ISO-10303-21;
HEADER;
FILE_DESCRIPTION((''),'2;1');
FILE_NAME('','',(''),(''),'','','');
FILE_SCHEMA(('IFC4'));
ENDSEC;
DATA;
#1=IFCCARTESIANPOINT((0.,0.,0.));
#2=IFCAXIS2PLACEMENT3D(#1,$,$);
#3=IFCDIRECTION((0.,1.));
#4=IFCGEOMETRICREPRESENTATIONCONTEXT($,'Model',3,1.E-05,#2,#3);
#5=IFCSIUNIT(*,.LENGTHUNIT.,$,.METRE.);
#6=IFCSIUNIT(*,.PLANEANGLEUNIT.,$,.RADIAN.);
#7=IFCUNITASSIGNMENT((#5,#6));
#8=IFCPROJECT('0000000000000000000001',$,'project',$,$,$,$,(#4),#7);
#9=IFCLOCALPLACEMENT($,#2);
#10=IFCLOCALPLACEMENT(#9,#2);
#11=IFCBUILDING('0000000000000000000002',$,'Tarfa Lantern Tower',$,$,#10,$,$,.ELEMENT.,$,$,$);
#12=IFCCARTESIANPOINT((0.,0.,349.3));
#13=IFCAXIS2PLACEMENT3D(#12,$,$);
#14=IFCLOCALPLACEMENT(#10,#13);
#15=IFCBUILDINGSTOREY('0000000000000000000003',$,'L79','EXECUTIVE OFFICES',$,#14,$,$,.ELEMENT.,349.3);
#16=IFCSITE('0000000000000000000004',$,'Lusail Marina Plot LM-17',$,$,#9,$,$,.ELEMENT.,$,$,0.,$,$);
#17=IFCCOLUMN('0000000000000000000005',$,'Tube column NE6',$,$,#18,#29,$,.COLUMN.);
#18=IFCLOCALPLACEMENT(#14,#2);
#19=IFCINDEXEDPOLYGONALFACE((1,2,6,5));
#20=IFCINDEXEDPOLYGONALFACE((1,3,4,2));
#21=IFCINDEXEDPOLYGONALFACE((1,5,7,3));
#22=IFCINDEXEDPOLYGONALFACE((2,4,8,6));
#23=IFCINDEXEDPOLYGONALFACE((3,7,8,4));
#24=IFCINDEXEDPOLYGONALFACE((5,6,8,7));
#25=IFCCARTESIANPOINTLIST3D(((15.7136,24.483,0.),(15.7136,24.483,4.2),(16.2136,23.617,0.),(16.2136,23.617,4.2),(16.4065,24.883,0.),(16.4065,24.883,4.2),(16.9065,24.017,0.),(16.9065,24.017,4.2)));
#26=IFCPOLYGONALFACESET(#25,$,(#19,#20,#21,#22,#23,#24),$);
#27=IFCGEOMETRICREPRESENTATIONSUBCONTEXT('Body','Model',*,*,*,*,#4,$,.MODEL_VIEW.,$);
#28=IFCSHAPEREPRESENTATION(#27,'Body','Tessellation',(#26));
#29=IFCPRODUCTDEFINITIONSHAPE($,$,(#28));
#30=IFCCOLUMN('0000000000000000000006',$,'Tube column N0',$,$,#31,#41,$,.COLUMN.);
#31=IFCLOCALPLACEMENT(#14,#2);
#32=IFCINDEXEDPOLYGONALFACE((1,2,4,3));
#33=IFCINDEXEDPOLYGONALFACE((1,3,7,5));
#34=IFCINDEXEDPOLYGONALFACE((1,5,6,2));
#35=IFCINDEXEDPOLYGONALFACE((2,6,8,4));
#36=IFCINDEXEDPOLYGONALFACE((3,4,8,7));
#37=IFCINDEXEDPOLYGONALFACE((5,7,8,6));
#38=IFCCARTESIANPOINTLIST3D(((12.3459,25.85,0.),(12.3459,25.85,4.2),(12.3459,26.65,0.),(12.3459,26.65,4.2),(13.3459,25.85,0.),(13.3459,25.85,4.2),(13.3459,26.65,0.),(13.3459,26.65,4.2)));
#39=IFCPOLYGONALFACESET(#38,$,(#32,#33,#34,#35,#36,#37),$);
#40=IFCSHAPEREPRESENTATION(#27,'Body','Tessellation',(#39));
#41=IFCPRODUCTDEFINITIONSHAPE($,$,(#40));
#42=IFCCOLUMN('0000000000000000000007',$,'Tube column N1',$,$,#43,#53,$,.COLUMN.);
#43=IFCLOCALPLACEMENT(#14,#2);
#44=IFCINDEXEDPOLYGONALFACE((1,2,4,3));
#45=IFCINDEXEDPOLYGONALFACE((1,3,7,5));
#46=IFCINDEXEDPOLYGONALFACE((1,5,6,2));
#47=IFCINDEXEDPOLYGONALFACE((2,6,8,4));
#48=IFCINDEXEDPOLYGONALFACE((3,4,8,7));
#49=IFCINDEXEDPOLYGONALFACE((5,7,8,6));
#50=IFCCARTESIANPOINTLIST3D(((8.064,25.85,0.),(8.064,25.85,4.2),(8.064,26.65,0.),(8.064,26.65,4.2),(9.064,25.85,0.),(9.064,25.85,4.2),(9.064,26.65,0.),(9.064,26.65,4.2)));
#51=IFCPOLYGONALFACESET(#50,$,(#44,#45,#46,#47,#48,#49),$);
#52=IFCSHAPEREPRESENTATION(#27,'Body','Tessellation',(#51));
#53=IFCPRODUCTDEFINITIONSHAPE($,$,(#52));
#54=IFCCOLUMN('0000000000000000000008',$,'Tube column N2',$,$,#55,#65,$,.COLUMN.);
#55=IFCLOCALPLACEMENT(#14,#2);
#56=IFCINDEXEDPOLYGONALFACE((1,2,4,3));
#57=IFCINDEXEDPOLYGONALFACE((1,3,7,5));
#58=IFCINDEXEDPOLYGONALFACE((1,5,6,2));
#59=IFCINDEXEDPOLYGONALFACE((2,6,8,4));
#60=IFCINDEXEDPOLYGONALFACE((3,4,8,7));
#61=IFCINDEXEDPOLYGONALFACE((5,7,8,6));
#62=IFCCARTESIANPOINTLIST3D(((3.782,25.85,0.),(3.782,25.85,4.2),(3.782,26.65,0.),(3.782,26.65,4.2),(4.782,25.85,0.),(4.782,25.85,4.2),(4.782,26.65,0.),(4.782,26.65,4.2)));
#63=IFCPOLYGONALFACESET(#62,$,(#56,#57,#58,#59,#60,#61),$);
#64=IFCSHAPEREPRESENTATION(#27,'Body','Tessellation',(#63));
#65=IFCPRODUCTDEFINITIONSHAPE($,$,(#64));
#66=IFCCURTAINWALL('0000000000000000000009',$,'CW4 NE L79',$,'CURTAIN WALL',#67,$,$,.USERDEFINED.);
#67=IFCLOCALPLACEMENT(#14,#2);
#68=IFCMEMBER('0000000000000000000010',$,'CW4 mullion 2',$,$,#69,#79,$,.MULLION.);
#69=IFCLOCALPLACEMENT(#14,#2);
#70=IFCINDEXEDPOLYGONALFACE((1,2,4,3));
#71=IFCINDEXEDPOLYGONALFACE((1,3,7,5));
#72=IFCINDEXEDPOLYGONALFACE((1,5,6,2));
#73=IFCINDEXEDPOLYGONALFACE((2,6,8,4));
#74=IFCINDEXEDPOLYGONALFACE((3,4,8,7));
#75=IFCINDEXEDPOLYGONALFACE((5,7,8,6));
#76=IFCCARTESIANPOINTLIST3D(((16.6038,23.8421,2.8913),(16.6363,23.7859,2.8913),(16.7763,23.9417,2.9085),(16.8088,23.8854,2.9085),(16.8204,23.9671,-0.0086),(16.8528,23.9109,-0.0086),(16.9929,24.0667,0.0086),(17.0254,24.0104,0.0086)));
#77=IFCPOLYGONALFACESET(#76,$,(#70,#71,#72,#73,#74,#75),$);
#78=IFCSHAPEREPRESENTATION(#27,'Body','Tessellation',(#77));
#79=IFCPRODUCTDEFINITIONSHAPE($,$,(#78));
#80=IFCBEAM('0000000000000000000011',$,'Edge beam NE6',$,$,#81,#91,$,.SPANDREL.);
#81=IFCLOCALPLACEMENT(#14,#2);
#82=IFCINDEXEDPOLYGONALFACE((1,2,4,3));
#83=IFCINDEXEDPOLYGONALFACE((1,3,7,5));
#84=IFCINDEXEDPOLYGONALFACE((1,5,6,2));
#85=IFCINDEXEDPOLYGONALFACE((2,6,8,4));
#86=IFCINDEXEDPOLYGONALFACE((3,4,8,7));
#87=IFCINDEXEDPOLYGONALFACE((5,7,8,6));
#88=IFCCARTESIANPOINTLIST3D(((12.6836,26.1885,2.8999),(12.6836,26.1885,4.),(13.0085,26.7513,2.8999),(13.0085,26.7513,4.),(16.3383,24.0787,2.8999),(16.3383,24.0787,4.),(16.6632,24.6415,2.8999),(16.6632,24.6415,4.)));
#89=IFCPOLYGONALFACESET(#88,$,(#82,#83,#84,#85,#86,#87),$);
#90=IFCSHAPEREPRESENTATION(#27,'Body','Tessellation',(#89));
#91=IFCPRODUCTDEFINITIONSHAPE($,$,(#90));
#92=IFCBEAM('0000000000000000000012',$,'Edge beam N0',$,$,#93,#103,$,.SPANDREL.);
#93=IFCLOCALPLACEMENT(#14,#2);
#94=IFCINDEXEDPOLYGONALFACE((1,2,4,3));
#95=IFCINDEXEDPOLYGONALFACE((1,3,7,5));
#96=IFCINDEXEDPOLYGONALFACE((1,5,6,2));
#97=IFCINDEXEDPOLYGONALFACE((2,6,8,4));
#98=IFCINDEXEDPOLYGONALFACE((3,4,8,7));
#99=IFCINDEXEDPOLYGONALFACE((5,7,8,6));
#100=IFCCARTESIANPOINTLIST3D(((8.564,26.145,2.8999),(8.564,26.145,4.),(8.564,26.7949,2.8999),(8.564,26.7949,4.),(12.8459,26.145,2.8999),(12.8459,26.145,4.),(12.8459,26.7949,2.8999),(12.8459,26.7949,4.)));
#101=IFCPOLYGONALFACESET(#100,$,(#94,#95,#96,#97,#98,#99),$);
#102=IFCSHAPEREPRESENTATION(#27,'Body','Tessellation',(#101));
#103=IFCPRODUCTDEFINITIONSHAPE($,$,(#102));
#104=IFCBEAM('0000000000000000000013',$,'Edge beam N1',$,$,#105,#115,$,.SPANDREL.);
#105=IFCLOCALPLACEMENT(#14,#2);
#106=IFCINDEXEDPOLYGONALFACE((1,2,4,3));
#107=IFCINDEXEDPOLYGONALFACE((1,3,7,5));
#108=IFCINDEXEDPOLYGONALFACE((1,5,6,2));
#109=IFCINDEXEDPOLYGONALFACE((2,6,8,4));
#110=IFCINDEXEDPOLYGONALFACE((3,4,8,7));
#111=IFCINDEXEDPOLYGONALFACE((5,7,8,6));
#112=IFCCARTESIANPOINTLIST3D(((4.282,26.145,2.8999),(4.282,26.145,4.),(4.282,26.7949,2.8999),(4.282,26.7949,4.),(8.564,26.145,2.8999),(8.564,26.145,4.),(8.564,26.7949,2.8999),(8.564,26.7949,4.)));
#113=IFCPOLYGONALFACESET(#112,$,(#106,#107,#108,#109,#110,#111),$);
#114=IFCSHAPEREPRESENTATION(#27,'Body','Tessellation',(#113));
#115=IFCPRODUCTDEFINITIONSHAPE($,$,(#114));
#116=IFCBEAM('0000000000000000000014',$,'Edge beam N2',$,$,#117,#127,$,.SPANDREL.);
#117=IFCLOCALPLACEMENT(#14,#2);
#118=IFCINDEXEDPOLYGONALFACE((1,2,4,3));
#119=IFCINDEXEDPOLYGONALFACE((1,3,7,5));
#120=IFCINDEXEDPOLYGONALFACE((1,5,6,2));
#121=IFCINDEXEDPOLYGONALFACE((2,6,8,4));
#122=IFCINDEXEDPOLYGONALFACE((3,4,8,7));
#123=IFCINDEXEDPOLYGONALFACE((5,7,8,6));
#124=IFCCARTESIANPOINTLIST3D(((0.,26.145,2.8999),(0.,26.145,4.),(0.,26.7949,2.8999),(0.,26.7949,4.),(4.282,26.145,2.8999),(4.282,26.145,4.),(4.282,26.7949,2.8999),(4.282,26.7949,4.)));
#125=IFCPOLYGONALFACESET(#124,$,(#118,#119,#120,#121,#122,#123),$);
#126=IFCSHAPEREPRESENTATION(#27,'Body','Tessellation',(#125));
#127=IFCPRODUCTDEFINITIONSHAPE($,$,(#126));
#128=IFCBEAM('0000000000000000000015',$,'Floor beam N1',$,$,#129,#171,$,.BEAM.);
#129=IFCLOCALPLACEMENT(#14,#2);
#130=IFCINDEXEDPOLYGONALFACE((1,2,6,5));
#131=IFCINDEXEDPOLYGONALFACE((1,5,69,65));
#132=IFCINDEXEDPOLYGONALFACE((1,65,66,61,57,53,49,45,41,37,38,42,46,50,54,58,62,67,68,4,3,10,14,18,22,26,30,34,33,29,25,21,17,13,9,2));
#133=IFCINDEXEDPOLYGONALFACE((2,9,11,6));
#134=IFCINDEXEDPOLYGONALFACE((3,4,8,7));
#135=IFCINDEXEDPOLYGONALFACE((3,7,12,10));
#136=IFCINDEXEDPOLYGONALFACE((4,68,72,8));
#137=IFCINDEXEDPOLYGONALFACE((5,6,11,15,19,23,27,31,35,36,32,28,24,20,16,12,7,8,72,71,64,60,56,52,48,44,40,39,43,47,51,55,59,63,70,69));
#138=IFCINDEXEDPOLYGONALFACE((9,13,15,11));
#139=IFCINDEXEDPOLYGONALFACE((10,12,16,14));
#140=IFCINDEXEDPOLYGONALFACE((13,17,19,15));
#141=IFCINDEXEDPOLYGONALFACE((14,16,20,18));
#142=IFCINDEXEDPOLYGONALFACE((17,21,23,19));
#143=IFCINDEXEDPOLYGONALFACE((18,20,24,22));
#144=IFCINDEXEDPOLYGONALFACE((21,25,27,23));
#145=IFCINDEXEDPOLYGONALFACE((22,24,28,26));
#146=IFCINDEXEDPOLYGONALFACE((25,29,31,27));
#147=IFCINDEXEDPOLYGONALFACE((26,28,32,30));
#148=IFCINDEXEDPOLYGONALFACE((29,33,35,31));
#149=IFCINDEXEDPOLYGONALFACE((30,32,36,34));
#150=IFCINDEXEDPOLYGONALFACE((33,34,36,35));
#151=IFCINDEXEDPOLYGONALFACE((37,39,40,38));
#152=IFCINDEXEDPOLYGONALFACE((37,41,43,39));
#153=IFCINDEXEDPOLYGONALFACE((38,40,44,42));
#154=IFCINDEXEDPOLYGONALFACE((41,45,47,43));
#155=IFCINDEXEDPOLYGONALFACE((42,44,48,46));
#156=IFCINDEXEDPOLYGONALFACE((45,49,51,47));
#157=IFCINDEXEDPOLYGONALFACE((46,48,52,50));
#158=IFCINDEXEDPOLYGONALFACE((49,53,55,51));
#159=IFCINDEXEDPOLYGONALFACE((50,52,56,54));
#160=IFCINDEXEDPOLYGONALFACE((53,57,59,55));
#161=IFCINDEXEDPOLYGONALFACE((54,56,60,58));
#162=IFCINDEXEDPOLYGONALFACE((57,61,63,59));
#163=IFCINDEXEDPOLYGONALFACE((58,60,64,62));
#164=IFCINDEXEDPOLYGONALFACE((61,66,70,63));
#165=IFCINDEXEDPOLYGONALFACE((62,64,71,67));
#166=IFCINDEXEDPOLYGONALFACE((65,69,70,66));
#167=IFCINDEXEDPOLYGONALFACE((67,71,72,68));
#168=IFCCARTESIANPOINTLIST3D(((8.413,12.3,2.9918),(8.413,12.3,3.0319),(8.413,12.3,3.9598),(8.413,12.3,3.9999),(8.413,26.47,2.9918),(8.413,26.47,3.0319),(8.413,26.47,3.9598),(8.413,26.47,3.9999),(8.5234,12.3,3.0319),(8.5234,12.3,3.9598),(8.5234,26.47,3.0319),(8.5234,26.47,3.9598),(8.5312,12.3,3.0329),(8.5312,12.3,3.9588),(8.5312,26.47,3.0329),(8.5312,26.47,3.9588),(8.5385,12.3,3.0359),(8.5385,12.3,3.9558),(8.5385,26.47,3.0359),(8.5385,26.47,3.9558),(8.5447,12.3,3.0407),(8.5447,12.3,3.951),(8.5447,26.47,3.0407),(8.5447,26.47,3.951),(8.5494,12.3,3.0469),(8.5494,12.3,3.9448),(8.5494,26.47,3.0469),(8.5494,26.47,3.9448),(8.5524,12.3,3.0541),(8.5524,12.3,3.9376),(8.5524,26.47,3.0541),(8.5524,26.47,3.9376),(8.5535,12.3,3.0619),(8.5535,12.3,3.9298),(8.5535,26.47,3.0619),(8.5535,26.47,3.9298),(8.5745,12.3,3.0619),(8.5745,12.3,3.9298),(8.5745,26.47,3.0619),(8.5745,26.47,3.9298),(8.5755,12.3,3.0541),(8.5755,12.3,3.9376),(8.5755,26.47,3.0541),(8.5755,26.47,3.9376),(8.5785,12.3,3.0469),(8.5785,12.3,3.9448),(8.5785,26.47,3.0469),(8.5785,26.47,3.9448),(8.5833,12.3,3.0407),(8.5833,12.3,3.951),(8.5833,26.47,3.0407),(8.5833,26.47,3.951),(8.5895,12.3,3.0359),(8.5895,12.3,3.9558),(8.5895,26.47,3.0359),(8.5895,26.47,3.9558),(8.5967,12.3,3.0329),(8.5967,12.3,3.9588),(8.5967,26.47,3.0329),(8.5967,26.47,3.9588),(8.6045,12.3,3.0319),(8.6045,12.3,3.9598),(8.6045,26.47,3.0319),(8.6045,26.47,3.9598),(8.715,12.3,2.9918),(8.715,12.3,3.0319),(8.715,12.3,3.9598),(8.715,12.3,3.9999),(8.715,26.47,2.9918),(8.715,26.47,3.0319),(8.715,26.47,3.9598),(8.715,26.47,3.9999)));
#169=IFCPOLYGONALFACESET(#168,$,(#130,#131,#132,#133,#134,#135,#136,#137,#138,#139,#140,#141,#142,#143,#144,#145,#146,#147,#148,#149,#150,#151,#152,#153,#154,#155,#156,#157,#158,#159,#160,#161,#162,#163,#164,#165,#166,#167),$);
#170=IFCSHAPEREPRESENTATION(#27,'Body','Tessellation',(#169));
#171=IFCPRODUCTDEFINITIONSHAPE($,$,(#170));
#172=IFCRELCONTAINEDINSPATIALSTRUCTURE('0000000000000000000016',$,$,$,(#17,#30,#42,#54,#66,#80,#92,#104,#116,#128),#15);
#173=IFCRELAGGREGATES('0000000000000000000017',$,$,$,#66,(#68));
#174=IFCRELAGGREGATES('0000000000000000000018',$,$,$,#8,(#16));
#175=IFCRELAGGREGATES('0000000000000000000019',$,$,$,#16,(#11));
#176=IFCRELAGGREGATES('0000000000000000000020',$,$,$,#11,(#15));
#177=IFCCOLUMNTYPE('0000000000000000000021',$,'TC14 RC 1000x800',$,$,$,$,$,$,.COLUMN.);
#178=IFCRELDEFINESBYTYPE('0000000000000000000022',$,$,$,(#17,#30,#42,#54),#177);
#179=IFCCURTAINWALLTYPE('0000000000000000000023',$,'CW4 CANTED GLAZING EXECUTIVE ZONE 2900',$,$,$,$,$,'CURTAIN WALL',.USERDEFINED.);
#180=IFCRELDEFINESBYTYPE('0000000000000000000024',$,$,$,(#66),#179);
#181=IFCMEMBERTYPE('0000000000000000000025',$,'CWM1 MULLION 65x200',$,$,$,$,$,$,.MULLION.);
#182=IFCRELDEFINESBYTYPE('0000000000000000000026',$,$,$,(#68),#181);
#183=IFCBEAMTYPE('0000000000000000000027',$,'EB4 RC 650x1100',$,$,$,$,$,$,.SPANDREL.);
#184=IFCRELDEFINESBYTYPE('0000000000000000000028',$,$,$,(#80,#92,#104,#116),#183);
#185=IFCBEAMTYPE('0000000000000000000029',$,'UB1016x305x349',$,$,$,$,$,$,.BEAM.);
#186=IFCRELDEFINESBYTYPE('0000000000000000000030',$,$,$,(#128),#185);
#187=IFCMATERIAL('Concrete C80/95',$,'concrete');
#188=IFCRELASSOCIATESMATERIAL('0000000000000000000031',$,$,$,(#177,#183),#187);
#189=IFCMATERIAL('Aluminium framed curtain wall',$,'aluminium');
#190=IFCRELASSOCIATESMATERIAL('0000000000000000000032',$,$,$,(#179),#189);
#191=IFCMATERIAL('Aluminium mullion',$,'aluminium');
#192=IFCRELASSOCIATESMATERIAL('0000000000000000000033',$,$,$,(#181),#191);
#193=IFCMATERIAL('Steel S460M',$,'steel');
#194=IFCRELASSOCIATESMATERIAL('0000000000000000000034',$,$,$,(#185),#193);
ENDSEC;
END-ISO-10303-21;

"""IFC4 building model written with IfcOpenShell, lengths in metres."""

from ifc_helpers import new_model, si_unit, direction, frame, origin, origin_2d, place, context, subcontext, project, spatial, rectangle, i_section, extrude, material, material_profile, profile_set, type_object, element, aggregate, save


model = new_model("IFC4")

# Units and contexts
model_context = context("Model", 3, precision=1e-05, world=origin(), true_north=direction((0.0, 1.0)))
body_context = subcontext(model_context, "Body", "Model", "MODEL_VIEW")
ifc_project = project(units=[si_unit("LENGTHUNIT", "METRE"), si_unit("PLANEANGLEUNIT", "RADIAN")], contexts=[model_context])

# Site, building, storey
site_placement = place(None, origin())
site = spatial("IfcSite", under=ifc_project, at=site_placement, Name="Lusail Marina Plot LM-17", CompositionType="ELEMENT", RefElevation=0.0)
building_placement = place(site_placement, origin())
building = spatial("IfcBuilding", under=site, at=building_placement, Name="Tarfa Lantern Tower", CompositionType="ELEMENT")
storey_placement = place(building_placement, frame((0.0, 0.0, 349.3)))
storey = spatial("IfcBuildingStorey", under=building, at=storey_placement, Name="L79", Description="EXECUTIVE OFFICES", CompositionType="ELEMENT", Elevation=349.3)

# Columns
ifc_material_1 = material(Name="Concrete C80/95", Category="concrete")
ifc_material_profile_1 = material_profile(ifc_material_1, rectangle(XDim=1.0, YDim=0.8, at=origin_2d()), Name="RC 1000x800")
ifc_profile_set_1 = profile_set([ifc_material_profile_1], Name="Concrete C80/95")
column_type = type_object("IfcColumnType", Name="TC14 RC 1000x800", PredefinedType="COLUMN", material=ifc_profile_set_1)
for number, where, z_axis, x_axis, name in (
    (1, (16.3101, 24.25, 0.0), (0.0, 0.0, 1.0), (-0.5, 0.866025, 0.0), "Tube column NE6"),
    (2, (12.8459, 26.25, 0.0), (0.0, 0.0, 1.0), (-1.0, 0.0, 0.0), "Tube column N0"),
    (3, (8.564, 26.25, 0.0), (0.0, 0.0, 1.0), (-1.0, 0.0, 0.0), "Tube column N1"),
    (4, (4.282, 26.25, 0.0), (0.0, 0.0, 1.0), (-1.0, 0.0, 0.0), "Tube column N2"),
):
    element("IfcColumn", number, at=place(storey_placement, frame(where, z_axis=z_axis, x_axis=x_axis)), inside=storey, type_object=column_type, Name=name, PredefinedType="COLUMN", context=body_context, shape_type="SweptSolid", body=[
        extrude(rectangle(XDim=1.0, YDim=0.8, at=origin_2d()), origin(), (0.0, 0.0, 1.0), 4.2),
    ])

# Curtain wall, member
ifc_material_2 = material(Name="Aluminium framed curtain wall", Category="aluminium")
curtain_wall_type = type_object("IfcCurtainWallType", Name="CW4 CANTED GLAZING EXECUTIVE ZONE 2900", ElementType="CURTAIN WALL", PredefinedType="USERDEFINED", material=ifc_material_2)
curtain_wall_placement = place(storey_placement, origin())
curtain_wall = element("IfcCurtainWall", 5, at=curtain_wall_placement, inside=storey, type_object=curtain_wall_type, Name="CW4 NE L79", ObjectType="CURTAIN WALL", PredefinedType="USERDEFINED")
ifc_material_3 = material(Name="Aluminium mullion", Category="aluminium")
ifc_material_profile_2 = material_profile(ifc_material_3, rectangle(XDim=0.0649, YDim=0.2, at=origin_2d()), Name="AL MULLION 65x200")
ifc_profile_set_2 = profile_set([ifc_material_profile_2], Name="Aluminium mullion")
member_type = type_object("IfcMemberType", Name="CWM1 MULLION 65x200", PredefinedType="MULLION", material=ifc_profile_set_2)
member_placement = place(storey_placement, frame((16.9229, 23.9888, 0.0), z_axis=(-0.0744, -0.042946, 0.996303), x_axis=(0.49992, -0.866072, 0.0)))
member = element("IfcMember", 6, at=member_placement, type_object=member_type, Name="CW4 mullion 2", PredefinedType="MULLION", context=body_context, shape_type="SweptSolid", body=[
    extrude(rectangle(XDim=0.0649, YDim=0.2, at=origin_2d()), origin(), (0.0, 0.0, 1.0), 2.9106),
])

# Beams
ifc_material_profile_3 = material_profile(ifc_material_1, rectangle(XDim=0.6499, YDim=1.1001, at=origin_2d()), Name="RC 650x1100")
ifc_profile_set_3 = profile_set([ifc_material_profile_3], Name="Concrete C80/95")
beam_type_1 = type_object("IfcBeamType", Name="EB4 RC 650x1100", PredefinedType="SPANDREL", material=ifc_profile_set_3)
beam_1_placement = place(storey_placement, frame((16.5007, 24.3601, 3.45), z_axis=(-0.866049, 0.499959, 0.0), x_axis=(-0.499959, -0.866049, 0.0)))
element("IfcBeam", 7, at=beam_1_placement, inside=storey, type_object=beam_type_1, Name="Edge beam NE6", PredefinedType="SPANDREL", context=body_context, shape_type="SweptSolid", body=[
    extrude(rectangle(XDim=0.6499, YDim=1.1001, at=origin_2d()), origin(), (0.0, 0.0, 1.0), 4.22),
])
for number, where, z_axis, x_axis, name in (
    (8, (12.8459, 26.47, 3.45), (-1.0, 0.0, 0.0), (0.0, -1.0, 0.0), "Edge beam N0"),
    (9, (8.564, 26.47, 3.45), (-1.0, 0.0, 0.0), (0.0, -1.0, 0.0), "Edge beam N1"),
    (10, (4.282, 26.47, 3.45), (-1.0, 0.0, 0.0), (0.0, -1.0, 0.0), "Edge beam N2"),
):
    element("IfcBeam", number, at=place(storey_placement, frame(where, z_axis=z_axis, x_axis=x_axis)), inside=storey, type_object=beam_type_1, Name=name, PredefinedType="SPANDREL", context=body_context, shape_type="SweptSolid", body=[
        extrude(rectangle(XDim=0.6499, YDim=1.1001, at=origin_2d()), origin(), (0.0, 0.0, 1.0), 4.282),
    ])
ifc_material_4 = material(Name="Steel S460M", Category="steel")
ifc_material_profile_4 = material_profile(ifc_material_4, i_section(OverallWidth=0.302, OverallDepth=1.0081, WebThickness=0.021, FlangeThickness=0.04, FilletRadius=0.03, at=origin_2d()), Name="UB1016x305x349")
ifc_profile_set_4 = profile_set([ifc_material_profile_4], Name="Steel S460M")
beam_type_2 = type_object("IfcBeamType", Name="UB1016x305x349", PredefinedType="BEAM", material=ifc_profile_set_4)
for number, where, z_axis, x_axis, name in (
    (11, (8.564, 26.47, 3.4958), (0.0, -1.0, 0.0), (1.0, 0.0, 0.0), "Floor beam N1"),
):
    element("IfcBeam", number, at=place(storey_placement, frame(where, z_axis=z_axis, x_axis=x_axis)), inside=storey, type_object=beam_type_2, Name=name, PredefinedType="BEAM", context=body_context, shape_type="SweptSolid", body=[
        extrude(i_section(OverallWidth=0.302, OverallDepth=1.0081, WebThickness=0.021, FlangeThickness=0.04, FilletRadius=0.03, at=origin_2d()), origin(), (0.0, 0.0, 1.0), 14.1699),
    ])

aggregate(curtain_wall, [member])

save(model, "model.ifc")
